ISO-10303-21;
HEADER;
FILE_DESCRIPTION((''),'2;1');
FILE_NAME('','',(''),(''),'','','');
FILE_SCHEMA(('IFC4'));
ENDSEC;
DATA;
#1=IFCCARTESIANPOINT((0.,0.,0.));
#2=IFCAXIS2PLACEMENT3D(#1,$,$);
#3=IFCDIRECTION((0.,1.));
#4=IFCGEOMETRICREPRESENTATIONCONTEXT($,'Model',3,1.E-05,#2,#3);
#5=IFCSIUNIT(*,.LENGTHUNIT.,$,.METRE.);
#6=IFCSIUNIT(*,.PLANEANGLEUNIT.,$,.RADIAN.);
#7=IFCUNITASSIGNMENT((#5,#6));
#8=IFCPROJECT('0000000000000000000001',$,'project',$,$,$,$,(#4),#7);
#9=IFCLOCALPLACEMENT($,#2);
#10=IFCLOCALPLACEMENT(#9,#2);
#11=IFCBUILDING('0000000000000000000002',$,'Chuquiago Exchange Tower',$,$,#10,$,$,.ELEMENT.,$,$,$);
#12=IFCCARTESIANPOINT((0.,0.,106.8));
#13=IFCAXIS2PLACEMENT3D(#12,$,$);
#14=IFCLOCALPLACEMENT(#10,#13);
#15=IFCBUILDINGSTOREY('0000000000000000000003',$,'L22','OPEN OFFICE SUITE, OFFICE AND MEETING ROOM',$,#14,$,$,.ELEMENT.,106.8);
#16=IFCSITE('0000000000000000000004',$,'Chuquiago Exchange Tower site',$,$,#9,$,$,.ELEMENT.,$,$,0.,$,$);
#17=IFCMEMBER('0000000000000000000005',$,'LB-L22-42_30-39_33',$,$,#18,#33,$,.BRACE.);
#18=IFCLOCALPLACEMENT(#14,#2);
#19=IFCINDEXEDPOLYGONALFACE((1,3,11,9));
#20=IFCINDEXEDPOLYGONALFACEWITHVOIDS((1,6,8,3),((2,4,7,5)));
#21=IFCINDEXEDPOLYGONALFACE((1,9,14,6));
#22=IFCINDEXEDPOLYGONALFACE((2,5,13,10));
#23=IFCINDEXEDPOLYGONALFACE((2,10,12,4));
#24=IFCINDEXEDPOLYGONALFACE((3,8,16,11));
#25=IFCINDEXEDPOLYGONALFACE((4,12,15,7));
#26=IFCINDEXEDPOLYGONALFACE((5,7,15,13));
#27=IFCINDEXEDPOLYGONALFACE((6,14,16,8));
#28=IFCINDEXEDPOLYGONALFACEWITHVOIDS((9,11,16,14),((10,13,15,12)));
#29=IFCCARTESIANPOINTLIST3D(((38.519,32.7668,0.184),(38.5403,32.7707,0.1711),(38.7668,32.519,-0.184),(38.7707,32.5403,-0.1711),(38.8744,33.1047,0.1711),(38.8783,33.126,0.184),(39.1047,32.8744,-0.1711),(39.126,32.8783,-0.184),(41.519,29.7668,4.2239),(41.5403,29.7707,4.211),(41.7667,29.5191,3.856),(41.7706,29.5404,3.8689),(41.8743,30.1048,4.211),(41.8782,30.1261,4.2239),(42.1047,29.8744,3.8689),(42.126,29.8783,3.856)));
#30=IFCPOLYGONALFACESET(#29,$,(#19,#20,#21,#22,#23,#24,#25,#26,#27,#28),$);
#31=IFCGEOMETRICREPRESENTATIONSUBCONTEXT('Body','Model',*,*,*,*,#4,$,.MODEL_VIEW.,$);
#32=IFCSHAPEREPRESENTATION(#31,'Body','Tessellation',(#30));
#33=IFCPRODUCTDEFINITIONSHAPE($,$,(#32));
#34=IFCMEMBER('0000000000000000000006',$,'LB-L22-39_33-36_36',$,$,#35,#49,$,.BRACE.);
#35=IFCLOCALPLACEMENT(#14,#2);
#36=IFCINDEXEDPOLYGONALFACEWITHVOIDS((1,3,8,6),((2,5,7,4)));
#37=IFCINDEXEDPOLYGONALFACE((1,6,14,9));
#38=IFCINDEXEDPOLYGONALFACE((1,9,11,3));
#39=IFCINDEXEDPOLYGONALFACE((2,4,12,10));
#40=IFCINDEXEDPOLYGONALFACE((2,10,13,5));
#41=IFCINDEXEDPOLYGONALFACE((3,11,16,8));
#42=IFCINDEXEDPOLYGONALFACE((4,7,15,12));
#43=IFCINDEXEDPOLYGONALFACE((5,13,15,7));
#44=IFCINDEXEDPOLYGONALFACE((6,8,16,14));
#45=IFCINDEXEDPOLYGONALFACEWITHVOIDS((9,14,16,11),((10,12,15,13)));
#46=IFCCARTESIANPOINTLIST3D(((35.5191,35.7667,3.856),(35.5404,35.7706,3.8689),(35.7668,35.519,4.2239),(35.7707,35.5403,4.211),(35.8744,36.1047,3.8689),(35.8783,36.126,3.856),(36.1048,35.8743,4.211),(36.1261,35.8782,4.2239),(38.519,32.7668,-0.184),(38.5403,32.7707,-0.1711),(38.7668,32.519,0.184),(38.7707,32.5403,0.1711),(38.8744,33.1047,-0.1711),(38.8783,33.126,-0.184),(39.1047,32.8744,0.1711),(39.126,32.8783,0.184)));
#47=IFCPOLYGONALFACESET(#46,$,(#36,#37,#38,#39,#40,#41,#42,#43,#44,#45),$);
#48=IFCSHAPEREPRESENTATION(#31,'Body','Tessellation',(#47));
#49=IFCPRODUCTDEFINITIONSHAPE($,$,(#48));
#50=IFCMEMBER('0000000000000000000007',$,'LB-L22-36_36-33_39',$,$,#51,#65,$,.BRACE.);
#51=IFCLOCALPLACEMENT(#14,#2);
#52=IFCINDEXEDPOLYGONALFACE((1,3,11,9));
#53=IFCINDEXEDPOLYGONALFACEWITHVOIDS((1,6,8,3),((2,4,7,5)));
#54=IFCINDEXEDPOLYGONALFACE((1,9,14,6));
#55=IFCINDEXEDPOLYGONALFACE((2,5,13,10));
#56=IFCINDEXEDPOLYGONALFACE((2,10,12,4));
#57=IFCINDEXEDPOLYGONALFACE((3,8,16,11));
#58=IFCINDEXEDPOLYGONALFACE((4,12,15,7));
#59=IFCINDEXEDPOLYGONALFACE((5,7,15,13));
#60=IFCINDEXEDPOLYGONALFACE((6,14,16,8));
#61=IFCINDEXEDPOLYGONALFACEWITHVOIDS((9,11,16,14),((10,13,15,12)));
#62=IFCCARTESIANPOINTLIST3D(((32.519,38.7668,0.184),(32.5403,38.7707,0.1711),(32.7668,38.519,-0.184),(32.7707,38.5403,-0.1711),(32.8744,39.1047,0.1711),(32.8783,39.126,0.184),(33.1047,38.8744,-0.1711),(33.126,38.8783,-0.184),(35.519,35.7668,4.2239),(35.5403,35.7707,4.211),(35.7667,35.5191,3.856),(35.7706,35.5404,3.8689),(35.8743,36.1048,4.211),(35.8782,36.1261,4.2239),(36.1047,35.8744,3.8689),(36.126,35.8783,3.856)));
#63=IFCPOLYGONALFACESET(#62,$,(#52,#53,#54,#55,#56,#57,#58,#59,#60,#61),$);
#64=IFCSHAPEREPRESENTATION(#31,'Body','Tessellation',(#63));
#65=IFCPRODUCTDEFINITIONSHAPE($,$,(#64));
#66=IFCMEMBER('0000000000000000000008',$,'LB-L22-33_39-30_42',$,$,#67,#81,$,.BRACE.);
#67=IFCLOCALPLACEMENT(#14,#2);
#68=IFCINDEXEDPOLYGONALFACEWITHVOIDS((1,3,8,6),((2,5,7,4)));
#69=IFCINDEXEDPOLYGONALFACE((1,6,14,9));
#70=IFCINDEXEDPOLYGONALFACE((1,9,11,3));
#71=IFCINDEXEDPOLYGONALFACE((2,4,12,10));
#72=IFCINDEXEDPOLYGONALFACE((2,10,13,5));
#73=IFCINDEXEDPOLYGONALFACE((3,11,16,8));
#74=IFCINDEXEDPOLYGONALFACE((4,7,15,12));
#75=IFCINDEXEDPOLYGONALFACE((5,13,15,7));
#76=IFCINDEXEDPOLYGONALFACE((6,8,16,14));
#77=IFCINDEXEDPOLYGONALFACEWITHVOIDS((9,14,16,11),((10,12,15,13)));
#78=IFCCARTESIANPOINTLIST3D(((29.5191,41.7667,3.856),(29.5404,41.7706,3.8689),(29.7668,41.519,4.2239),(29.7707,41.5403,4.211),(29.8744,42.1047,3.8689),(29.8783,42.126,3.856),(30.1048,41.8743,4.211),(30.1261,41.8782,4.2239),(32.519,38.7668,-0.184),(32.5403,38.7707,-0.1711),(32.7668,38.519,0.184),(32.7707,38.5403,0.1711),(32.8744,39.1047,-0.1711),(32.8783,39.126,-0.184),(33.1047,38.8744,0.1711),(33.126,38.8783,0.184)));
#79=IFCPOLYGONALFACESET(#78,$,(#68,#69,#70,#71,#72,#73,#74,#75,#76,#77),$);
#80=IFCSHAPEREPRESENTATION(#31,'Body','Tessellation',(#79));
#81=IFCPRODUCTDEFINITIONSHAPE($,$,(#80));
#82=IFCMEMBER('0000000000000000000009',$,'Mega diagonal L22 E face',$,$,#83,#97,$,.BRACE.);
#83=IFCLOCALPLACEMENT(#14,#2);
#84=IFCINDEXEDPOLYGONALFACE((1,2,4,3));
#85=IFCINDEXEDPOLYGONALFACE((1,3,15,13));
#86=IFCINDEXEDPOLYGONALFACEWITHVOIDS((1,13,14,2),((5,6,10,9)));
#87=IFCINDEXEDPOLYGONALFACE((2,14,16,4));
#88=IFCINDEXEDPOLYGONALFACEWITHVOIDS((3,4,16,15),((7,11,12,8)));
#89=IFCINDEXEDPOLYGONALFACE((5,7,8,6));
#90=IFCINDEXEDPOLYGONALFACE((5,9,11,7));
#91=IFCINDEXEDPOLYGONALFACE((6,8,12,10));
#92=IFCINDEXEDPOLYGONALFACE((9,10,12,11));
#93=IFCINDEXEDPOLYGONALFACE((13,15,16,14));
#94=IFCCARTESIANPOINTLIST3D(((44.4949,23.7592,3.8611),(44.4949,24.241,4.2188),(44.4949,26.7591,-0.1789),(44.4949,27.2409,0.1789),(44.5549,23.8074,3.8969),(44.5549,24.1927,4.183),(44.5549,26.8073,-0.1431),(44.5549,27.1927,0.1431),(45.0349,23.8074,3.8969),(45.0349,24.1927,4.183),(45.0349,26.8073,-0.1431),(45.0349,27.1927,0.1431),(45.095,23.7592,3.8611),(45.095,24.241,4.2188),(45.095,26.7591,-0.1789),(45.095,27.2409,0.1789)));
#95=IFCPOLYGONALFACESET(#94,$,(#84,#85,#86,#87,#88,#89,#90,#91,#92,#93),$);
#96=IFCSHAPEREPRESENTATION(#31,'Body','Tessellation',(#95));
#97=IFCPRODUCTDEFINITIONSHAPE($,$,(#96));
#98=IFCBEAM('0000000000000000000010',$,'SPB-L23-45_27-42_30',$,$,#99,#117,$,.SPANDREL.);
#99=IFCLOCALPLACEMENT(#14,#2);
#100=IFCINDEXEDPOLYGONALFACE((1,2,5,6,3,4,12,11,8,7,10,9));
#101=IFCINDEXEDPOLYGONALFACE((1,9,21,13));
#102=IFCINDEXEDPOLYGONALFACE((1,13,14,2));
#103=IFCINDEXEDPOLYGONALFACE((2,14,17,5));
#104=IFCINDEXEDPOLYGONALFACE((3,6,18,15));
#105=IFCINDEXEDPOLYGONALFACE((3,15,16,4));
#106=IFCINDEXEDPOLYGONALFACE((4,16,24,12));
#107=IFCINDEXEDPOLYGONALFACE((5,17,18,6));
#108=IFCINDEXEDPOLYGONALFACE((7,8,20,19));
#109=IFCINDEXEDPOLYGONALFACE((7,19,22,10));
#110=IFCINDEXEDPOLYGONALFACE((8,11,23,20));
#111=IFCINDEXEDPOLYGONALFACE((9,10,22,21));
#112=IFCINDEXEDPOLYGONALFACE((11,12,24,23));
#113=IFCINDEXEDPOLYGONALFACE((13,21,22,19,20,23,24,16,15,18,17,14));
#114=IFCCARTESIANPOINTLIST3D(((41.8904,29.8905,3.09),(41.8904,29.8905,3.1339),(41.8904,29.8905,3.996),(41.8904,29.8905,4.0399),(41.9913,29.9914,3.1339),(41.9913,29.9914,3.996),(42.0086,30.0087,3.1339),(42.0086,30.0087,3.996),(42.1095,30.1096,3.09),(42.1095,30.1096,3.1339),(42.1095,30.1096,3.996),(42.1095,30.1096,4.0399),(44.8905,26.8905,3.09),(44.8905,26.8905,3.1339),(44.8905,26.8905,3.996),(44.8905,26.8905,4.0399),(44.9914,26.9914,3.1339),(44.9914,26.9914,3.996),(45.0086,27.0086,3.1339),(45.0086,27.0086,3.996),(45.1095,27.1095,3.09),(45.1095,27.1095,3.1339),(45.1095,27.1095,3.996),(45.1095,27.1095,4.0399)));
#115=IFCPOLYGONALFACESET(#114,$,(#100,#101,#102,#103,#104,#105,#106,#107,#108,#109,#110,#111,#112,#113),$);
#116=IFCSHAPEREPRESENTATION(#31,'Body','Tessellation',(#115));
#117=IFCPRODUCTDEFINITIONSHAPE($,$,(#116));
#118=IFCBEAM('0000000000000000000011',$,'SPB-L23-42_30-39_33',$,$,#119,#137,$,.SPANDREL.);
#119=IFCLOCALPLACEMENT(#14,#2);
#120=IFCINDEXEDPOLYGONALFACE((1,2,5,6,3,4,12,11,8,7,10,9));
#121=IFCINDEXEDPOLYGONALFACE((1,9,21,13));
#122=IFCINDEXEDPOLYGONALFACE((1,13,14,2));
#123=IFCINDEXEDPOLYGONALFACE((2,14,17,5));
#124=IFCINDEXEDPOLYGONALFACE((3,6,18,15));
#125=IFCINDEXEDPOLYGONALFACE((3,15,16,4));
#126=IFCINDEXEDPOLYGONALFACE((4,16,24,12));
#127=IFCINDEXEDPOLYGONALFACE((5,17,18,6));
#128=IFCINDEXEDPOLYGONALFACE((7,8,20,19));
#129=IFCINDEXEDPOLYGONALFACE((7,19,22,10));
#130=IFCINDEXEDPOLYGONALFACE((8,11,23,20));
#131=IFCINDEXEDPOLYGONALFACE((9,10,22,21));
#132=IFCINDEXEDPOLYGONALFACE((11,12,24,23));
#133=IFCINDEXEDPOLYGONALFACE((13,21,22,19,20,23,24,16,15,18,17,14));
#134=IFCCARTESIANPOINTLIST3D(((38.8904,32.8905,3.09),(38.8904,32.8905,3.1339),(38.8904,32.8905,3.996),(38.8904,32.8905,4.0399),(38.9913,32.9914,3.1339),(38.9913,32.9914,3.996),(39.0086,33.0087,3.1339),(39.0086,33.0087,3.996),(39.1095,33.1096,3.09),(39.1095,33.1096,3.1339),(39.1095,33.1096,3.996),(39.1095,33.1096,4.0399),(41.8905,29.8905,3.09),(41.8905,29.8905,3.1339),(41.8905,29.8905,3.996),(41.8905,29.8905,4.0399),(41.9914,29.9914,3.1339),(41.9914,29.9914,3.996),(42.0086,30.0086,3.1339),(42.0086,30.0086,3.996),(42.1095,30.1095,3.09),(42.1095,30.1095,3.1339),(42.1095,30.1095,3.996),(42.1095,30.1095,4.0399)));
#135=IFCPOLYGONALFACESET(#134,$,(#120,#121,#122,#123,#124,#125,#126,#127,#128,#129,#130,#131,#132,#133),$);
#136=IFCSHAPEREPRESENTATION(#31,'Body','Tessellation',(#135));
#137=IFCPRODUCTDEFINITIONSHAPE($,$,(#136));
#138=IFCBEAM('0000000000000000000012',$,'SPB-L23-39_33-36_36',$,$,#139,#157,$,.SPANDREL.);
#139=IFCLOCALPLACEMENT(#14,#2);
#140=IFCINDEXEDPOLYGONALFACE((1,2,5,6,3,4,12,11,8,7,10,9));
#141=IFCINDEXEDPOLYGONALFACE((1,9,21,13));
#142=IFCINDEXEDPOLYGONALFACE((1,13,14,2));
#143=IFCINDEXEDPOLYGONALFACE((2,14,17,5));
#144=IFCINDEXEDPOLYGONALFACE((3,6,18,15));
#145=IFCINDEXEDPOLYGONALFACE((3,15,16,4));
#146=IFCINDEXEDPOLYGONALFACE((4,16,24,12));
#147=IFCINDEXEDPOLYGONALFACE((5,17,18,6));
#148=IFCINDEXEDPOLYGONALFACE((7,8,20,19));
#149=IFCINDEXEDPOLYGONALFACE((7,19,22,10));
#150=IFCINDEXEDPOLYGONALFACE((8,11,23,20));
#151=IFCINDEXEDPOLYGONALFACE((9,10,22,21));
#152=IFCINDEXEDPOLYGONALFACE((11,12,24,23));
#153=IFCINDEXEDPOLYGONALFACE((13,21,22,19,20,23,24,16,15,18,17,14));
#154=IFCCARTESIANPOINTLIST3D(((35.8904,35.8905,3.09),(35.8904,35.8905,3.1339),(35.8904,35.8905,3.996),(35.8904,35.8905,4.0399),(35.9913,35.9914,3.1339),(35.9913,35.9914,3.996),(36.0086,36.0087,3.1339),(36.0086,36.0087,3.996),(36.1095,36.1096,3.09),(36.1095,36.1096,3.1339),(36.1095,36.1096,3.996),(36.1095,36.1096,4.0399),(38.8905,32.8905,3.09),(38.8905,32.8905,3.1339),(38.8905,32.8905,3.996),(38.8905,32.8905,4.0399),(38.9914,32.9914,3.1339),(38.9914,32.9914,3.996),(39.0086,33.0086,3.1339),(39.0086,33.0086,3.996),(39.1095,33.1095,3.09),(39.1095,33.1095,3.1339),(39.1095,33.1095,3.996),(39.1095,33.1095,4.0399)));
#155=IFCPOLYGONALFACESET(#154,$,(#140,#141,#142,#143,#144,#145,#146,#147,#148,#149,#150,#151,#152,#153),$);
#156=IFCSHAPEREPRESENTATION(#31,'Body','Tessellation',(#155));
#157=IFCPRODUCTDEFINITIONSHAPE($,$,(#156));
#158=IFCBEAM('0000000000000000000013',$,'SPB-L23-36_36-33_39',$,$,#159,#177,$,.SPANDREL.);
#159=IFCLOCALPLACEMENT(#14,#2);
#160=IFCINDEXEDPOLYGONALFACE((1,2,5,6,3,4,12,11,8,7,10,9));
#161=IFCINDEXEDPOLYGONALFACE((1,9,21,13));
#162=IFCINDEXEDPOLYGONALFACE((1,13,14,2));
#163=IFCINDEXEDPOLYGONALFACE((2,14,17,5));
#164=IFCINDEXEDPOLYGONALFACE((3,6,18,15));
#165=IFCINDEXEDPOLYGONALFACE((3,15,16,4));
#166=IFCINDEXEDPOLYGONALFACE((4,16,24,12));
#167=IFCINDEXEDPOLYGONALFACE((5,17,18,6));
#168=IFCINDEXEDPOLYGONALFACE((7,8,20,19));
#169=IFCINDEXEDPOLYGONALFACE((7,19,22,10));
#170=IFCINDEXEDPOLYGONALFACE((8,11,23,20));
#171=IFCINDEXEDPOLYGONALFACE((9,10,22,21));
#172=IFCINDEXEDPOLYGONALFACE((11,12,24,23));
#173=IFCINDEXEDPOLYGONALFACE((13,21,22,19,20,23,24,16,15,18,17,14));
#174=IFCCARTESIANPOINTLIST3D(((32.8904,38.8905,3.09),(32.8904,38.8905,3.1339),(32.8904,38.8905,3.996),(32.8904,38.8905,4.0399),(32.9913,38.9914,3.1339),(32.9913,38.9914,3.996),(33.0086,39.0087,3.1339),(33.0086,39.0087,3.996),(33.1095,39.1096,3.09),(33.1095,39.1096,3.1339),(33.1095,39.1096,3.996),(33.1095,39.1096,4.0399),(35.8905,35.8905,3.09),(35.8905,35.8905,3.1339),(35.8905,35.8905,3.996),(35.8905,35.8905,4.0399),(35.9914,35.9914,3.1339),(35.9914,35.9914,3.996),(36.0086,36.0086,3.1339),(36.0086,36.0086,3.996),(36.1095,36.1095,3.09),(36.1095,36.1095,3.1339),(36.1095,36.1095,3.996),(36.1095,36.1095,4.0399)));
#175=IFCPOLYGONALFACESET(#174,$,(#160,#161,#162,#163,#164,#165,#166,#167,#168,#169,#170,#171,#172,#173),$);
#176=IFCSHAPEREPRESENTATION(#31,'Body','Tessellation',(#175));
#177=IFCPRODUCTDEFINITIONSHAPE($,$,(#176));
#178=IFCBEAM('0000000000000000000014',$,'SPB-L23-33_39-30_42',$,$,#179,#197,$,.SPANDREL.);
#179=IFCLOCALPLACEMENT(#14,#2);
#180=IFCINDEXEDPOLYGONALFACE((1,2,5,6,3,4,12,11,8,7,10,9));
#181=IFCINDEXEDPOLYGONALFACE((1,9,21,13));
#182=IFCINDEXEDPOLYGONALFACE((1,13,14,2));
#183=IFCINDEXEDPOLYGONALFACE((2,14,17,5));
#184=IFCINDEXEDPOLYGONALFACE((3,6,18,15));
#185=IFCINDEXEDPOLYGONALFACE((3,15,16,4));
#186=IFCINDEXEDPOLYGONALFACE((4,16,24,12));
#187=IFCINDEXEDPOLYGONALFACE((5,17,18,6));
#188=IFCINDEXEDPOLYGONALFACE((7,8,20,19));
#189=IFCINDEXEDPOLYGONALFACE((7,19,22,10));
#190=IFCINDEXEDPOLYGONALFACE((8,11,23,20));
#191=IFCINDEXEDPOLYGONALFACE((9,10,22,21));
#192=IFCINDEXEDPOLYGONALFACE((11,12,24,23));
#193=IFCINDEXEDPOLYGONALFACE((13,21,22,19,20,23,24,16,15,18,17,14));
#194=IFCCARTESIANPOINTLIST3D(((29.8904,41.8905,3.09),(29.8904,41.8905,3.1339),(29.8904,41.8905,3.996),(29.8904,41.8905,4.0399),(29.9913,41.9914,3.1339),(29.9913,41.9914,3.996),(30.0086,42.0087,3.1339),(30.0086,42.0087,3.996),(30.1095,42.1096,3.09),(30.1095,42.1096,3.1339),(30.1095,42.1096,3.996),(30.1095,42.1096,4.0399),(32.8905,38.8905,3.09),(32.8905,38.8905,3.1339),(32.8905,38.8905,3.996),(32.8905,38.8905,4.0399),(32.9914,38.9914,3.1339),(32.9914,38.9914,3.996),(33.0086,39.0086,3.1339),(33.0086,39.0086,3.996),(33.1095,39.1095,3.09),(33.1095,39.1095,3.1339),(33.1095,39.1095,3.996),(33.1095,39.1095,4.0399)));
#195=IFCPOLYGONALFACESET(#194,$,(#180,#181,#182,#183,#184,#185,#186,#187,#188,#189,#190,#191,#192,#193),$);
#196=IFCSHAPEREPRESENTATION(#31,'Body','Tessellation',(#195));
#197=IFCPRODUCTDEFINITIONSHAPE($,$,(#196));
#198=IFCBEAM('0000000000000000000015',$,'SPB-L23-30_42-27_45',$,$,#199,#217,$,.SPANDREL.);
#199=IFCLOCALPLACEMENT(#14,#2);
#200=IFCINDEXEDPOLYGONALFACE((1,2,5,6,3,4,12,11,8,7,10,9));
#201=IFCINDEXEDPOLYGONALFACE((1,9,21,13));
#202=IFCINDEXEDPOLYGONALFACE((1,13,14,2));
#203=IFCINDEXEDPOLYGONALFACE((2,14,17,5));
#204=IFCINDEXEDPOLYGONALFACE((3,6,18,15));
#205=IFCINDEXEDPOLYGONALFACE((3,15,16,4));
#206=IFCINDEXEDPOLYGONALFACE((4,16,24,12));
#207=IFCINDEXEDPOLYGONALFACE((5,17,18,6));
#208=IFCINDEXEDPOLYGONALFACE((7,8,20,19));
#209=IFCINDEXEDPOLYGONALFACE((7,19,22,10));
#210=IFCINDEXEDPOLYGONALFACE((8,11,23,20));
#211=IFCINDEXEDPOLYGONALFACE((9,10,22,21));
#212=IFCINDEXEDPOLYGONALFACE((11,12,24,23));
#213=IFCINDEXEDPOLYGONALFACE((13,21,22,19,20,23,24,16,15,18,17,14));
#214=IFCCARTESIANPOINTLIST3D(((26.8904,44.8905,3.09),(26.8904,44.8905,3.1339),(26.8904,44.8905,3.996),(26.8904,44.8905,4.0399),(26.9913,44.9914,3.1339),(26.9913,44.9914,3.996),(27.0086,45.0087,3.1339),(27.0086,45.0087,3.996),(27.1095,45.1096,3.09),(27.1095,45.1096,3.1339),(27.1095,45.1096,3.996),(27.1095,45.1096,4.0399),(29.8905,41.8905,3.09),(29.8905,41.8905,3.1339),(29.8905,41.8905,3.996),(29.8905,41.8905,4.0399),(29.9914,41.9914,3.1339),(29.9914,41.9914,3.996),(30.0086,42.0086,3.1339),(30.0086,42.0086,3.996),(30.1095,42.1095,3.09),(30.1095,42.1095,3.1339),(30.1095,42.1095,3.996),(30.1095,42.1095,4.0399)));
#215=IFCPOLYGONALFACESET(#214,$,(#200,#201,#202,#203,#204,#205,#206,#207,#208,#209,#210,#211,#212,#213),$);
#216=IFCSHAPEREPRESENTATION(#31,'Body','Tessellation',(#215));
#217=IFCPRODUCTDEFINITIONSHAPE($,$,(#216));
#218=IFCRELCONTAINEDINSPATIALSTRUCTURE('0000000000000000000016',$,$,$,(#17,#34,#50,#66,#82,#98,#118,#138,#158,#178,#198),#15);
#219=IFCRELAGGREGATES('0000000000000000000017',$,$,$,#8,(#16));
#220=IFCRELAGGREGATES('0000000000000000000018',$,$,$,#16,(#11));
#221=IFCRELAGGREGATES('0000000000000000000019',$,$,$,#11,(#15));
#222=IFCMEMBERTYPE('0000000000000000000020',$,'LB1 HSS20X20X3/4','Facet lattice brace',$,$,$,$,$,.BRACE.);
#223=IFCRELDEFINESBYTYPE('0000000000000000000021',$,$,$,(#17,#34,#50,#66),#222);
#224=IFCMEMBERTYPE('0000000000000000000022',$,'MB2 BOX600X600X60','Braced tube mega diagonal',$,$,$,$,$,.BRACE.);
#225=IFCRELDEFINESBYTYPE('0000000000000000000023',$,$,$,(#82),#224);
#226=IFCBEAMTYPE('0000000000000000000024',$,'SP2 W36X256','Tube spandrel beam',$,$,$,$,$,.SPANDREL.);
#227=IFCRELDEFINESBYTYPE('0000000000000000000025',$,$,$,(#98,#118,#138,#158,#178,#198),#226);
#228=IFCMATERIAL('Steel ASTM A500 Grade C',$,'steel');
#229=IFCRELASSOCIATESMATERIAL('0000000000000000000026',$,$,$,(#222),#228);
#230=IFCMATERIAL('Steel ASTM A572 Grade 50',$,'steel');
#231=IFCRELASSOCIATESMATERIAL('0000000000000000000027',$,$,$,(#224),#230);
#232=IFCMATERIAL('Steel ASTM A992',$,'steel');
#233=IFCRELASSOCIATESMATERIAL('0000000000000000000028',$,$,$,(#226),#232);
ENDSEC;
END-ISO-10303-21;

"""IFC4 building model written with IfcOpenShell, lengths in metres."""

from ifc_helpers import new_model, si_unit, direction, frame, origin, origin_2d, place, context, subcontext, project, spatial, hollow_rectangle, i_section, extrude, material, material_profile, profile_set, type_object, element, save


model = new_model("IFC4")

# Units and contexts
model_context = context("Model", 3, precision=1e-05, world=origin(), true_north=direction((0.0, 1.0)))
body_context = subcontext(model_context, "Body", "Model", "MODEL_VIEW")
ifc_project = project(units=[si_unit("LENGTHUNIT", "METRE"), si_unit("PLANEANGLEUNIT", "RADIAN")], contexts=[model_context])

# Site, building, storey
site_placement = place(None, origin())
site = spatial("IfcSite", under=ifc_project, at=site_placement, Name="Chuquiago Exchange Tower site", CompositionType="ELEMENT", RefElevation=0.0)
building_placement = place(site_placement, origin())
building = spatial("IfcBuilding", under=site, at=building_placement, Name="Chuquiago Exchange Tower", CompositionType="ELEMENT")
storey_placement = place(building_placement, frame((0.0, 0.0, 106.8)))
storey = spatial("IfcBuildingStorey", under=building, at=storey_placement, Name="L22", Description="OPEN OFFICE SUITE, OFFICE AND MEETING ROOM", CompositionType="ELEMENT", Elevation=106.8)

# Members
ifc_material_1 = material(Name="Steel ASTM A500 Grade C", Category="steel")
ifc_material_profile_1 = material_profile(ifc_material_1, hollow_rectangle(XDim=0.5081, YDim=0.5081, WallThickness=0.0178, at=origin_2d()), Name="HSS20X20X3/4")
ifc_profile_set_1 = profile_set([ifc_material_profile_1], Name="Steel ASTM A500 Grade C")
member_type_1 = type_object("IfcMemberType", Name="LB1 HSS20X20X3/4", Description="Facet lattice brace", PredefinedType="BRACE", material=ifc_profile_set_1)
for number, where, z_axis, x_axis, name in (
    (1, (38.8225, 32.8225, 0.0), (0.512077, -0.512077, 0.689604), (0.707107, 0.707107, 0.0), "LB-L22-42_30-39_33"),
    (2, (38.8225, 32.8225, 0.0), (-0.512077, 0.512077, 0.689604), (-0.707107, -0.707107, 0.0), "LB-L22-39_33-36_36"),
    (3, (32.8225, 38.8225, 0.0), (0.512077, -0.512077, 0.689604), (0.707107, 0.707107, 0.0), "LB-L22-36_36-33_39"),
    (4, (32.8225, 38.8225, 0.0), (-0.512077, 0.512077, 0.689604), (-0.707107, -0.707107, 0.0), "LB-L22-33_39-30_42"),
):
    element("IfcMember", number, at=place(storey_placement, frame(where, z_axis=z_axis, x_axis=x_axis)), inside=storey, type_object=member_type_1, Name=name, PredefinedType="BRACE", context=body_context, shape_type="SweptSolid", body=[
        extrude(hollow_rectangle(XDim=0.5081, YDim=0.5081, WallThickness=0.0178, at=origin_2d()), origin(), (0.0, 0.0, 1.0), 5.8584),
    ])
ifc_material_2 = material(Name="Steel ASTM A572 Grade 50", Category="steel")
ifc_material_profile_2 = material_profile(ifc_material_2, hollow_rectangle(XDim=0.6001, YDim=0.6001, WallThickness=0.0601, at=origin_2d()), Name="BOX600X600X60")
ifc_profile_set_2 = profile_set([ifc_material_profile_2], Name="Steel ASTM A572 Grade 50")
member_type_2 = type_object("IfcMemberType", Name="MB2 BOX600X600X60", Description="Braced tube mega diagonal", PredefinedType="BRACE", material=ifc_profile_set_2)
member_1_placement = place(storey_placement, frame((44.7949, 27.0, 0.0), z_axis=(0.0, -0.596174, 0.802855), x_axis=(1.0, 0.0, 0.0)))
element("IfcMember", 5, at=member_1_placement, inside=storey, type_object=member_type_2, Name="Mega diagonal L22 E face", PredefinedType="BRACE", context=body_context, shape_type="SweptSolid", body=[
    extrude(hollow_rectangle(XDim=0.6001, YDim=0.6001, WallThickness=0.0601, at=origin_2d()), origin(), (0.0, 0.0, 1.0), 5.032),
])

# Beams
ifc_material_3 = material(Name="Steel ASTM A992", Category="steel")
ifc_material_profile_3 = material_profile(ifc_material_3, i_section(OverallWidth=0.3098, OverallDepth=0.95, WebThickness=0.0244, FlangeThickness=0.0439, at=origin_2d()), Name="W36X256")
ifc_profile_set_3 = profile_set([ifc_material_profile_3], Name="Steel ASTM A992")
beam_type_1 = type_object("IfcBeamType", Name="SP2 W36X256", Description="Tube spandrel beam", PredefinedType="SPANDREL", material=ifc_profile_set_3)
for number, where, z_axis, x_axis, name in (
    (6, (45.0, 27.0, 3.5649), (-0.707107, 0.707107, 0.0), (-0.707107, -0.707107, 0.0), "SPB-L23-45_27-42_30"),
    (7, (42.0, 30.0, 3.5649), (-0.707107, 0.707107, 0.0), (-0.707107, -0.707107, 0.0), "SPB-L23-42_30-39_33"),
    (8, (39.0, 33.0, 3.5649), (-0.707107, 0.707107, 0.0), (-0.707107, -0.707107, 0.0), "SPB-L23-39_33-36_36"),
    (9, (36.0, 36.0, 3.5649), (-0.707107, 0.707107, 0.0), (-0.707107, -0.707107, 0.0), "SPB-L23-36_36-33_39"),
    (10, (33.0, 39.0, 3.5649), (-0.707107, 0.707107, 0.0), (-0.707107, -0.707107, 0.0), "SPB-L23-33_39-30_42"),
    (11, (30.0, 42.0, 3.5649), (-0.707107, 0.707107, 0.0), (-0.707107, -0.707107, 0.0), "SPB-L23-30_42-27_45"),
):
    element("IfcBeam", number, at=place(storey_placement, frame(where, z_axis=z_axis, x_axis=x_axis)), inside=storey, type_object=beam_type_1, Name=name, PredefinedType="SPANDREL", context=body_context, shape_type="SweptSolid", body=[
        extrude(i_section(OverallWidth=0.3098, OverallDepth=0.95, WebThickness=0.0244, FlangeThickness=0.0439, at=origin_2d()), origin(), (0.0, 0.0, 1.0), 4.2427),
    ])

save(model, "model.ifc")
